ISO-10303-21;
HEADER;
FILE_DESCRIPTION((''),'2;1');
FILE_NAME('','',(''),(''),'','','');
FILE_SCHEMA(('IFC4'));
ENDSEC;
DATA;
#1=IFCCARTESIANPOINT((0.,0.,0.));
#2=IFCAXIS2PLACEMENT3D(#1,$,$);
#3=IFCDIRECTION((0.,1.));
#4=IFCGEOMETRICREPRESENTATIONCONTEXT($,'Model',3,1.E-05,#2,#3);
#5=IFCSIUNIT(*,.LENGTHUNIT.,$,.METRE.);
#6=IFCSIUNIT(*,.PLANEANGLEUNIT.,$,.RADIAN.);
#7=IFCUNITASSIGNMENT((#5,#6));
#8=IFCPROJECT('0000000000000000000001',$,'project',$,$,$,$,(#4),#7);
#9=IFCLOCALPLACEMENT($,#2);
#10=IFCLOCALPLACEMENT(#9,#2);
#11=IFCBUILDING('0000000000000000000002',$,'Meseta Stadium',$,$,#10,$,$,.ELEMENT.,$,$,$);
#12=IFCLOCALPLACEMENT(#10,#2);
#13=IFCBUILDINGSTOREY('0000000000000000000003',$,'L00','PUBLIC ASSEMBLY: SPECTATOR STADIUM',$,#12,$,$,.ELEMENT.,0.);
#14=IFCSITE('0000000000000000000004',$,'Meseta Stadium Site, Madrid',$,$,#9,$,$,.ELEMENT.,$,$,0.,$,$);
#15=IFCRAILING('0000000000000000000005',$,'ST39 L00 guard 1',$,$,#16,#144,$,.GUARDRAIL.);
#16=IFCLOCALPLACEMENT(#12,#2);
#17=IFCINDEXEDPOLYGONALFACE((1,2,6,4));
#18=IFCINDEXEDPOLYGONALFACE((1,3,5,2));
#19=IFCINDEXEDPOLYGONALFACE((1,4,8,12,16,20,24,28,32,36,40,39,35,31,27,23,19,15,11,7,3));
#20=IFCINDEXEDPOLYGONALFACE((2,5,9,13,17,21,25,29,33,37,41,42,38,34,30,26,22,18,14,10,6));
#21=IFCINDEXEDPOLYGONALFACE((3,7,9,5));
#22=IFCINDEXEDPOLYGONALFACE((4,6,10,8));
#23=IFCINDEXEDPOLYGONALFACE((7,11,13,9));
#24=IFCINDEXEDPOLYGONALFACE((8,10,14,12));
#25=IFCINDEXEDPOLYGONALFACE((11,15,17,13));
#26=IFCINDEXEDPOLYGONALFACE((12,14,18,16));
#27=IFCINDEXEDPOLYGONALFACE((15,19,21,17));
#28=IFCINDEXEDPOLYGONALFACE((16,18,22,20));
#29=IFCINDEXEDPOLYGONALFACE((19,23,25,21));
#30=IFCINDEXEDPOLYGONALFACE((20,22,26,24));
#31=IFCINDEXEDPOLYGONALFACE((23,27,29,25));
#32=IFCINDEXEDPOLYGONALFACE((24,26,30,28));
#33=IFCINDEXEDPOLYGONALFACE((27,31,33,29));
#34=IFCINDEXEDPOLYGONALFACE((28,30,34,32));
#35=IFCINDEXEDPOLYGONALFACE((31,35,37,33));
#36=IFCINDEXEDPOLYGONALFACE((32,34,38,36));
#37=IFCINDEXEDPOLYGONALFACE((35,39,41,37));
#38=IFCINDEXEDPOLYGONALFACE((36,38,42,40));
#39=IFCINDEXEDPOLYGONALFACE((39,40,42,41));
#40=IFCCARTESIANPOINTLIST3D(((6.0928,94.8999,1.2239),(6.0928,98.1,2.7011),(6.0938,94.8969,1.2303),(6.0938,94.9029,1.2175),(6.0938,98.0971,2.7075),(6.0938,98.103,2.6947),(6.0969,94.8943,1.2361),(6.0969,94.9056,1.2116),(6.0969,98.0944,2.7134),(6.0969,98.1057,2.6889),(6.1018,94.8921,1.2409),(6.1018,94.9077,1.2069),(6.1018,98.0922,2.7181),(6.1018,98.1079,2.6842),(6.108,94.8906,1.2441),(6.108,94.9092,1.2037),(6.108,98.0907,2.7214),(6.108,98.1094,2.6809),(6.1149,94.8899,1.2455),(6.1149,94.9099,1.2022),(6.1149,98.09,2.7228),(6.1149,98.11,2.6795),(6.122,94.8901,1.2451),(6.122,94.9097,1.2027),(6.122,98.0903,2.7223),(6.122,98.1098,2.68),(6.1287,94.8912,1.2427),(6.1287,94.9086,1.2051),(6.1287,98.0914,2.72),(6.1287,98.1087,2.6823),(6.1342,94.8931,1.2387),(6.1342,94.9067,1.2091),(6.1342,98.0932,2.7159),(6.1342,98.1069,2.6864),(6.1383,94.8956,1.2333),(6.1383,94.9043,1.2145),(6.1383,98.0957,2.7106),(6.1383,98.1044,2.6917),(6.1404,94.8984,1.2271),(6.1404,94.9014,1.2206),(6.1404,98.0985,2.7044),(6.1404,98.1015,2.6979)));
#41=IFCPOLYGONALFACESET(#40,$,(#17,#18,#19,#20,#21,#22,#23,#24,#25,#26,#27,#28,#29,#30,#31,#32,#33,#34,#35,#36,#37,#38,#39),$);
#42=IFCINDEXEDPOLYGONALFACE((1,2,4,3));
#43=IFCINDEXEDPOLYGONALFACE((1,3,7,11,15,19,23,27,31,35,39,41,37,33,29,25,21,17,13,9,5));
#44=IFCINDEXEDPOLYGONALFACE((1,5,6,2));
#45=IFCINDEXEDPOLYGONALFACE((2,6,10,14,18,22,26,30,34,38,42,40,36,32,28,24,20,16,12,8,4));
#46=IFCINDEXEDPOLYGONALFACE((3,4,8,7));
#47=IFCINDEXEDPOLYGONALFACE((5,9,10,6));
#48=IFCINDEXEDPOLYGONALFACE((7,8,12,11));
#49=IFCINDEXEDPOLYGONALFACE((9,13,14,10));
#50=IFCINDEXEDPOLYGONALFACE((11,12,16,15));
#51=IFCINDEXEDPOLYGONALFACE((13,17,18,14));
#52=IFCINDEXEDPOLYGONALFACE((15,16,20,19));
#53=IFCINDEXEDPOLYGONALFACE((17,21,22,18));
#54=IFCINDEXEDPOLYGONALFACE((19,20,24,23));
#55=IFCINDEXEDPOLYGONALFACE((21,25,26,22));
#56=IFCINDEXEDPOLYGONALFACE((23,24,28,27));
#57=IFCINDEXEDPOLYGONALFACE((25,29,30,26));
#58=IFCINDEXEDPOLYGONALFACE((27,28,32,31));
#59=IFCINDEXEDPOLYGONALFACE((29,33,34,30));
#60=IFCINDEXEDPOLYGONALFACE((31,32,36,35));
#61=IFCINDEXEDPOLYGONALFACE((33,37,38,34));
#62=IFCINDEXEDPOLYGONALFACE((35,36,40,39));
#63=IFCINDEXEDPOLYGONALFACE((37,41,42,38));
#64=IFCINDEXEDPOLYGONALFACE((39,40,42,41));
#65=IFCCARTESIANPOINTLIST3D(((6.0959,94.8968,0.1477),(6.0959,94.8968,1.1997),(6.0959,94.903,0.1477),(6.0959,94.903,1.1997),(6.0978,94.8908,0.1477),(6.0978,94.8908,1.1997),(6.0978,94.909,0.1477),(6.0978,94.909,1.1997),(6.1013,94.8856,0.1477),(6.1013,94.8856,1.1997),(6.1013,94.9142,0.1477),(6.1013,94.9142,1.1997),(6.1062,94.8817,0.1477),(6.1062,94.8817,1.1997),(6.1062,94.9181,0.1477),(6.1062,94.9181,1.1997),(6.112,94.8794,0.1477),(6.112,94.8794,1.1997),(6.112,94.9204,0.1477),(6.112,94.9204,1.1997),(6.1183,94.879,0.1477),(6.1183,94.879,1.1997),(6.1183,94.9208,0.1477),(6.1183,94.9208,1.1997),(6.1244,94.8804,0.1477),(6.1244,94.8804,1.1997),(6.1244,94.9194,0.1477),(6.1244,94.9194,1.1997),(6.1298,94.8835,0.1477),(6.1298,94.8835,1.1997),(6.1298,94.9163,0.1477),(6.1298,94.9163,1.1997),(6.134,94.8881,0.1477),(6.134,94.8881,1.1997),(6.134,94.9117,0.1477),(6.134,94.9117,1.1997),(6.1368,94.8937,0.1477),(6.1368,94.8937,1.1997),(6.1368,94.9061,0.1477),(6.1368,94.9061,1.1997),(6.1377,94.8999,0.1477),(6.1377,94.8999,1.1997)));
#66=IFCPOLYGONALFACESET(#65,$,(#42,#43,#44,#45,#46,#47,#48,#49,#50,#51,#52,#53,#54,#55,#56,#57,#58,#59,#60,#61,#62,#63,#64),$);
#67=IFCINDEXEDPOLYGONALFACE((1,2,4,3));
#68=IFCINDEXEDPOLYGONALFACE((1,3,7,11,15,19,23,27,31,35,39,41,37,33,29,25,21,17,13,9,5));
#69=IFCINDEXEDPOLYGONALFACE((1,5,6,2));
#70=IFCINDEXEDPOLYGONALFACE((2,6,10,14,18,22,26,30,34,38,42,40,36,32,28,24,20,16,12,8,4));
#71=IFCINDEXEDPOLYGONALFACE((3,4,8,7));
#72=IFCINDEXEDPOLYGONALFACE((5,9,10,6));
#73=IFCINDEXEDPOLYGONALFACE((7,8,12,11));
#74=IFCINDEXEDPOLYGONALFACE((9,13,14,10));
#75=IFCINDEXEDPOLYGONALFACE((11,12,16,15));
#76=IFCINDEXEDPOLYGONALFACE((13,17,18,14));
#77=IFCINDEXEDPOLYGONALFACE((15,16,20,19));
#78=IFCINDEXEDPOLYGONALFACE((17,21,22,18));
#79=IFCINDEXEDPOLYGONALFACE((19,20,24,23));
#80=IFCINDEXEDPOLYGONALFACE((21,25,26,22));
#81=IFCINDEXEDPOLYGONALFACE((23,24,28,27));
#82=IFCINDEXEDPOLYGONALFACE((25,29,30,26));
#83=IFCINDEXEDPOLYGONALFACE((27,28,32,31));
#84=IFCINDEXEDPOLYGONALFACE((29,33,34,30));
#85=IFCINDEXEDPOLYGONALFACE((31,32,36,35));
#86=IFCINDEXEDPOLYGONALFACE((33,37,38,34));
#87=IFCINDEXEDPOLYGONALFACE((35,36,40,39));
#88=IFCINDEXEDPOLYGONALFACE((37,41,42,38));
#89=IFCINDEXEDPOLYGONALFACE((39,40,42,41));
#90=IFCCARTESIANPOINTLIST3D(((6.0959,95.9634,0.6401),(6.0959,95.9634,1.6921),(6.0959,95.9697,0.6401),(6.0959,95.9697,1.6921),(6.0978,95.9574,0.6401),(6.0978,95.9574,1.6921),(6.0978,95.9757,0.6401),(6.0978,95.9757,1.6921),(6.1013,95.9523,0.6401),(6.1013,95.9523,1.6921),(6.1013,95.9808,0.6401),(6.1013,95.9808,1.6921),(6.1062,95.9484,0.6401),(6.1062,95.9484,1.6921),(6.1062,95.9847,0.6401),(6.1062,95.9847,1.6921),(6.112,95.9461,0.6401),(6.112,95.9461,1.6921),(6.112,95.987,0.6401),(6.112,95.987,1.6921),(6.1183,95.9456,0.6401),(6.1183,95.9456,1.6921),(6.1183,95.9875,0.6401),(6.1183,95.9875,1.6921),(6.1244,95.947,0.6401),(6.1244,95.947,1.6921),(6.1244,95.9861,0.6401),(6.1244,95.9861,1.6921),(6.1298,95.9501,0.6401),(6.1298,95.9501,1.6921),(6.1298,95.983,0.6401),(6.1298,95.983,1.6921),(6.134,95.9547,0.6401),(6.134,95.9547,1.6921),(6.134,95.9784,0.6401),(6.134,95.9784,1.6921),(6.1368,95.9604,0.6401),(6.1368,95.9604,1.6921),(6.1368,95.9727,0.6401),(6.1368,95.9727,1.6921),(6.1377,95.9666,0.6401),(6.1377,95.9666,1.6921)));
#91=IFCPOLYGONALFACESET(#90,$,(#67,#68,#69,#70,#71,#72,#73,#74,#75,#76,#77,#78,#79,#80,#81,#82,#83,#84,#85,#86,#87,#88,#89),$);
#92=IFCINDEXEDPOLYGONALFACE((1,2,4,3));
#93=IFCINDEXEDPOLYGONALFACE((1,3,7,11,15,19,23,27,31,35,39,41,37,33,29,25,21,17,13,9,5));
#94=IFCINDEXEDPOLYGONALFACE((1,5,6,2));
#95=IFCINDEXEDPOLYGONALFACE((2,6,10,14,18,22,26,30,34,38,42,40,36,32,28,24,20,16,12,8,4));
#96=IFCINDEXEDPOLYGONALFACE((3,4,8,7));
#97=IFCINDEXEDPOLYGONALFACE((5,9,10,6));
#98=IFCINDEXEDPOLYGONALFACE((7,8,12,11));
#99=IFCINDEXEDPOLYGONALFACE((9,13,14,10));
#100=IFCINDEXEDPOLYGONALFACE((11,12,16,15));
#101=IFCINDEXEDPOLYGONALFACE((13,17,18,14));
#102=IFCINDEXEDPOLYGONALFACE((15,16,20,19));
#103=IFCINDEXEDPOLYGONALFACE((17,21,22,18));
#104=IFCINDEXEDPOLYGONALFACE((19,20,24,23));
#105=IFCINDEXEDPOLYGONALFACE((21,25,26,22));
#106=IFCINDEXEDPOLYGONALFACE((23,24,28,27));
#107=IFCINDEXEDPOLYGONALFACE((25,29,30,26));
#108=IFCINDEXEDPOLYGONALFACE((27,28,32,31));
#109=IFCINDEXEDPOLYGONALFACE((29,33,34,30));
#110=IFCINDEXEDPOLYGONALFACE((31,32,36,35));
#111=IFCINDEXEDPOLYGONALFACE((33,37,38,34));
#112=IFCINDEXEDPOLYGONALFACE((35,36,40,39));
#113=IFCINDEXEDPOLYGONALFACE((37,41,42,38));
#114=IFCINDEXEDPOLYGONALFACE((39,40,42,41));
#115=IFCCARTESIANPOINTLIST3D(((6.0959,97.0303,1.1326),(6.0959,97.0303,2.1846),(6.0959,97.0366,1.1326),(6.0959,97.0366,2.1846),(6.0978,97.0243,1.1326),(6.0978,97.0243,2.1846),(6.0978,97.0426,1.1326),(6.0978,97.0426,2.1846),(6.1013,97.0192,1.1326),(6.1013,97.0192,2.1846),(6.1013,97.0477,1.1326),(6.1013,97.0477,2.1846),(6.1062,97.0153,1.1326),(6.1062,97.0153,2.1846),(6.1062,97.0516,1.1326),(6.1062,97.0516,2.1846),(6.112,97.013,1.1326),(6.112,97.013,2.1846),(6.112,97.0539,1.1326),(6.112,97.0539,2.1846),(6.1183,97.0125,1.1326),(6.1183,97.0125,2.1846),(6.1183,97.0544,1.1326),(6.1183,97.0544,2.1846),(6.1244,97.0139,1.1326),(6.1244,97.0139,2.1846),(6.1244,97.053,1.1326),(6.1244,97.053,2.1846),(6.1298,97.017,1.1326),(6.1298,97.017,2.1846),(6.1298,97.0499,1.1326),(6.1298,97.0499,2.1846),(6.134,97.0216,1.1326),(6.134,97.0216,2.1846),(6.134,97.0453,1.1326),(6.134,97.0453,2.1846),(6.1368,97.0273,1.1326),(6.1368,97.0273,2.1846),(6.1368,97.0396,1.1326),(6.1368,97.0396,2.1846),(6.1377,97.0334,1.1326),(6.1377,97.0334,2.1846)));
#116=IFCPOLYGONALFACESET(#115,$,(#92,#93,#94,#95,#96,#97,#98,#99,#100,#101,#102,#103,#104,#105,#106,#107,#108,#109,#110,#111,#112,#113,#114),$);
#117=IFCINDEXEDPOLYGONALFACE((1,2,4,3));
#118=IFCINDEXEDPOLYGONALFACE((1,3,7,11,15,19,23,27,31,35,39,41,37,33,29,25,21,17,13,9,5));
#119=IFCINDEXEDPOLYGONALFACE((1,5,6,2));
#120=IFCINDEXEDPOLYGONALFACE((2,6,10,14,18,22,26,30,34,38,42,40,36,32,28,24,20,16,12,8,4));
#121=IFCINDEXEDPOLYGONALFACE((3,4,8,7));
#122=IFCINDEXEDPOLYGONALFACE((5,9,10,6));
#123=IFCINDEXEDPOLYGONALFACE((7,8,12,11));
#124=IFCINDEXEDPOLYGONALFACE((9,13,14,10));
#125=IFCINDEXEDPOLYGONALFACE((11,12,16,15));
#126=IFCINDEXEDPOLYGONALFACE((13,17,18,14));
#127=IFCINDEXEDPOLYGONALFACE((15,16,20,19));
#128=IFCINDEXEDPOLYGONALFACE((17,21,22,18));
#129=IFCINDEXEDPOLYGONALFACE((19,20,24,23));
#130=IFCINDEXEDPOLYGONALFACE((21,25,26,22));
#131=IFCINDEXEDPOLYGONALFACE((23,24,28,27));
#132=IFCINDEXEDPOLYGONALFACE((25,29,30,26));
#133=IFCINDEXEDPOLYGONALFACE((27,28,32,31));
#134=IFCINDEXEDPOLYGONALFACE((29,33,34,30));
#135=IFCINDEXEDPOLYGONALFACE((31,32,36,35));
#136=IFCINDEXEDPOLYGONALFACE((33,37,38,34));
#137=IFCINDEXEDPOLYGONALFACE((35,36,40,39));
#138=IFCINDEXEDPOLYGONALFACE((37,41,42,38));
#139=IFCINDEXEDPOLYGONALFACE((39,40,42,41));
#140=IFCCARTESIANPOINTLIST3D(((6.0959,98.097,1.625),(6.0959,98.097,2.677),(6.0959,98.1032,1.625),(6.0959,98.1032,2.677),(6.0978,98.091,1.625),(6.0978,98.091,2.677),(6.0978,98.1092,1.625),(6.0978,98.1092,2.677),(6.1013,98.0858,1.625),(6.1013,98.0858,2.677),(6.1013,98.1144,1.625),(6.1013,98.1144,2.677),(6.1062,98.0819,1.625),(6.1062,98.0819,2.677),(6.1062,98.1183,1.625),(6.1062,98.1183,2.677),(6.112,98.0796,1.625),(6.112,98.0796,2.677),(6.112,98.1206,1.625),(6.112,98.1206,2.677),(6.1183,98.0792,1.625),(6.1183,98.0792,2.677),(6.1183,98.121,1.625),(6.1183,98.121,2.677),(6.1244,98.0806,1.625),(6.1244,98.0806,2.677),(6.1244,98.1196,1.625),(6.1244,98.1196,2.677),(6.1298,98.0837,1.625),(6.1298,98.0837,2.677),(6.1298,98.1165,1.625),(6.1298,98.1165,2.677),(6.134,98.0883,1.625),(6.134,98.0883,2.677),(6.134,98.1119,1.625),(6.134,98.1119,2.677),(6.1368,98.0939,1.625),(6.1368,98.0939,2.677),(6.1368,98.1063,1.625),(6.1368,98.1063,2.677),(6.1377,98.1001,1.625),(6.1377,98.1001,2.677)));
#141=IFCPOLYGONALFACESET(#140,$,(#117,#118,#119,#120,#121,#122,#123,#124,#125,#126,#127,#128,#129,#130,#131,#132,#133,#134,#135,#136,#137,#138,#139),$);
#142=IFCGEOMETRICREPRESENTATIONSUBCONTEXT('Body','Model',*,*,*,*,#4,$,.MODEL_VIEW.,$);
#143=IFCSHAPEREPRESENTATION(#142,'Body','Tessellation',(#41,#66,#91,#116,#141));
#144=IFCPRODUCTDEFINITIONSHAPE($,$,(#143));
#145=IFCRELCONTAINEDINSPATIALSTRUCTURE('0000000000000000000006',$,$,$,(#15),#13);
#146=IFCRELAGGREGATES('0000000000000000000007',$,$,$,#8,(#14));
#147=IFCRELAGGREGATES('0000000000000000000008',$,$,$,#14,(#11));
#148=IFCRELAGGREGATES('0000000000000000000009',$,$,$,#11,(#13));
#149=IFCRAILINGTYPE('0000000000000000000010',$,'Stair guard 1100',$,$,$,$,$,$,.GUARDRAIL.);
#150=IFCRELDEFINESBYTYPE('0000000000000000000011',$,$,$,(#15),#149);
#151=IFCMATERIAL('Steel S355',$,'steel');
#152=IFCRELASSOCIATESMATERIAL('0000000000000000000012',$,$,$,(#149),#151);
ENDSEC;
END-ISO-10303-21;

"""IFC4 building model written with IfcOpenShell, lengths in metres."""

from ifc_helpers import new_model, si_unit, direction, frame, origin, origin_2d, place, context, subcontext, project, spatial, circle, extrude, material, type_object, element, save


model = new_model("IFC4")

# Units and contexts
model_context = context("Model", 3, precision=1e-05, world=origin(), true_north=direction((0.0, 1.0)))
body_context = subcontext(model_context, "Body", "Model", "MODEL_VIEW")
ifc_project = project(units=[si_unit("LENGTHUNIT", "METRE"), si_unit("PLANEANGLEUNIT", "RADIAN")], contexts=[model_context])

# Site, building, storey
site_placement = place(None, origin())
site = spatial("IfcSite", under=ifc_project, at=site_placement, Name="Meseta Stadium Site, Madrid", CompositionType="ELEMENT", RefElevation=0.0)
building_placement = place(site_placement, origin())
building = spatial("IfcBuilding", under=site, at=building_placement, Name="Meseta Stadium", CompositionType="ELEMENT")
storey_placement = place(building_placement, origin())
storey = spatial("IfcBuildingStorey", under=building, at=storey_placement, Name="L00", Description="PUBLIC ASSEMBLY: SPECTATOR STADIUM", CompositionType="ELEMENT", Elevation=0.0)

# Railing
ifc_material_1 = material(Name="Steel S355", Category="steel")
railing_type_1 = type_object("IfcRailingType", Name="Stair guard 1100", PredefinedType="GUARDRAIL", material=ifc_material_1)
railing_1_placement = place(storey_placement, frame((6.1167, 94.8999, 0.1477)))
element("IfcRailing", 1, at=railing_1_placement, inside=storey, type_object=railing_type_1, Name="ST39 L00 guard 1", PredefinedType="GUARDRAIL", context=body_context, shape_type="SweptSolid", body=[
    extrude(circle(Radius=0.0239, at=origin_2d()), frame((0.0, 0.0, 1.0762), z_axis=(0.0, 0.907929, 0.419124), x_axis=(-1.0, 0.0, 0.0)), (0.0, 0.0, 1.0), 3.5247),
    extrude(circle(Radius=0.021, at=origin_2d()), origin(), (0.0, 0.0, 1.0), 1.052),
    extrude(circle(Radius=0.021, at=origin_2d()), frame((0.0, 1.0667, 0.4924)), (0.0, 0.0, 1.0), 1.052),
    extrude(circle(Radius=0.021, at=origin_2d()), frame((0.0, 2.1335, 0.9849)), (0.0, 0.0, 1.0), 1.052),
    extrude(circle(Radius=0.021, at=origin_2d()), frame((0.0, 3.2002, 1.4773)), (0.0, 0.0, 1.0), 1.052),
])

save(model, "model.ifc")
